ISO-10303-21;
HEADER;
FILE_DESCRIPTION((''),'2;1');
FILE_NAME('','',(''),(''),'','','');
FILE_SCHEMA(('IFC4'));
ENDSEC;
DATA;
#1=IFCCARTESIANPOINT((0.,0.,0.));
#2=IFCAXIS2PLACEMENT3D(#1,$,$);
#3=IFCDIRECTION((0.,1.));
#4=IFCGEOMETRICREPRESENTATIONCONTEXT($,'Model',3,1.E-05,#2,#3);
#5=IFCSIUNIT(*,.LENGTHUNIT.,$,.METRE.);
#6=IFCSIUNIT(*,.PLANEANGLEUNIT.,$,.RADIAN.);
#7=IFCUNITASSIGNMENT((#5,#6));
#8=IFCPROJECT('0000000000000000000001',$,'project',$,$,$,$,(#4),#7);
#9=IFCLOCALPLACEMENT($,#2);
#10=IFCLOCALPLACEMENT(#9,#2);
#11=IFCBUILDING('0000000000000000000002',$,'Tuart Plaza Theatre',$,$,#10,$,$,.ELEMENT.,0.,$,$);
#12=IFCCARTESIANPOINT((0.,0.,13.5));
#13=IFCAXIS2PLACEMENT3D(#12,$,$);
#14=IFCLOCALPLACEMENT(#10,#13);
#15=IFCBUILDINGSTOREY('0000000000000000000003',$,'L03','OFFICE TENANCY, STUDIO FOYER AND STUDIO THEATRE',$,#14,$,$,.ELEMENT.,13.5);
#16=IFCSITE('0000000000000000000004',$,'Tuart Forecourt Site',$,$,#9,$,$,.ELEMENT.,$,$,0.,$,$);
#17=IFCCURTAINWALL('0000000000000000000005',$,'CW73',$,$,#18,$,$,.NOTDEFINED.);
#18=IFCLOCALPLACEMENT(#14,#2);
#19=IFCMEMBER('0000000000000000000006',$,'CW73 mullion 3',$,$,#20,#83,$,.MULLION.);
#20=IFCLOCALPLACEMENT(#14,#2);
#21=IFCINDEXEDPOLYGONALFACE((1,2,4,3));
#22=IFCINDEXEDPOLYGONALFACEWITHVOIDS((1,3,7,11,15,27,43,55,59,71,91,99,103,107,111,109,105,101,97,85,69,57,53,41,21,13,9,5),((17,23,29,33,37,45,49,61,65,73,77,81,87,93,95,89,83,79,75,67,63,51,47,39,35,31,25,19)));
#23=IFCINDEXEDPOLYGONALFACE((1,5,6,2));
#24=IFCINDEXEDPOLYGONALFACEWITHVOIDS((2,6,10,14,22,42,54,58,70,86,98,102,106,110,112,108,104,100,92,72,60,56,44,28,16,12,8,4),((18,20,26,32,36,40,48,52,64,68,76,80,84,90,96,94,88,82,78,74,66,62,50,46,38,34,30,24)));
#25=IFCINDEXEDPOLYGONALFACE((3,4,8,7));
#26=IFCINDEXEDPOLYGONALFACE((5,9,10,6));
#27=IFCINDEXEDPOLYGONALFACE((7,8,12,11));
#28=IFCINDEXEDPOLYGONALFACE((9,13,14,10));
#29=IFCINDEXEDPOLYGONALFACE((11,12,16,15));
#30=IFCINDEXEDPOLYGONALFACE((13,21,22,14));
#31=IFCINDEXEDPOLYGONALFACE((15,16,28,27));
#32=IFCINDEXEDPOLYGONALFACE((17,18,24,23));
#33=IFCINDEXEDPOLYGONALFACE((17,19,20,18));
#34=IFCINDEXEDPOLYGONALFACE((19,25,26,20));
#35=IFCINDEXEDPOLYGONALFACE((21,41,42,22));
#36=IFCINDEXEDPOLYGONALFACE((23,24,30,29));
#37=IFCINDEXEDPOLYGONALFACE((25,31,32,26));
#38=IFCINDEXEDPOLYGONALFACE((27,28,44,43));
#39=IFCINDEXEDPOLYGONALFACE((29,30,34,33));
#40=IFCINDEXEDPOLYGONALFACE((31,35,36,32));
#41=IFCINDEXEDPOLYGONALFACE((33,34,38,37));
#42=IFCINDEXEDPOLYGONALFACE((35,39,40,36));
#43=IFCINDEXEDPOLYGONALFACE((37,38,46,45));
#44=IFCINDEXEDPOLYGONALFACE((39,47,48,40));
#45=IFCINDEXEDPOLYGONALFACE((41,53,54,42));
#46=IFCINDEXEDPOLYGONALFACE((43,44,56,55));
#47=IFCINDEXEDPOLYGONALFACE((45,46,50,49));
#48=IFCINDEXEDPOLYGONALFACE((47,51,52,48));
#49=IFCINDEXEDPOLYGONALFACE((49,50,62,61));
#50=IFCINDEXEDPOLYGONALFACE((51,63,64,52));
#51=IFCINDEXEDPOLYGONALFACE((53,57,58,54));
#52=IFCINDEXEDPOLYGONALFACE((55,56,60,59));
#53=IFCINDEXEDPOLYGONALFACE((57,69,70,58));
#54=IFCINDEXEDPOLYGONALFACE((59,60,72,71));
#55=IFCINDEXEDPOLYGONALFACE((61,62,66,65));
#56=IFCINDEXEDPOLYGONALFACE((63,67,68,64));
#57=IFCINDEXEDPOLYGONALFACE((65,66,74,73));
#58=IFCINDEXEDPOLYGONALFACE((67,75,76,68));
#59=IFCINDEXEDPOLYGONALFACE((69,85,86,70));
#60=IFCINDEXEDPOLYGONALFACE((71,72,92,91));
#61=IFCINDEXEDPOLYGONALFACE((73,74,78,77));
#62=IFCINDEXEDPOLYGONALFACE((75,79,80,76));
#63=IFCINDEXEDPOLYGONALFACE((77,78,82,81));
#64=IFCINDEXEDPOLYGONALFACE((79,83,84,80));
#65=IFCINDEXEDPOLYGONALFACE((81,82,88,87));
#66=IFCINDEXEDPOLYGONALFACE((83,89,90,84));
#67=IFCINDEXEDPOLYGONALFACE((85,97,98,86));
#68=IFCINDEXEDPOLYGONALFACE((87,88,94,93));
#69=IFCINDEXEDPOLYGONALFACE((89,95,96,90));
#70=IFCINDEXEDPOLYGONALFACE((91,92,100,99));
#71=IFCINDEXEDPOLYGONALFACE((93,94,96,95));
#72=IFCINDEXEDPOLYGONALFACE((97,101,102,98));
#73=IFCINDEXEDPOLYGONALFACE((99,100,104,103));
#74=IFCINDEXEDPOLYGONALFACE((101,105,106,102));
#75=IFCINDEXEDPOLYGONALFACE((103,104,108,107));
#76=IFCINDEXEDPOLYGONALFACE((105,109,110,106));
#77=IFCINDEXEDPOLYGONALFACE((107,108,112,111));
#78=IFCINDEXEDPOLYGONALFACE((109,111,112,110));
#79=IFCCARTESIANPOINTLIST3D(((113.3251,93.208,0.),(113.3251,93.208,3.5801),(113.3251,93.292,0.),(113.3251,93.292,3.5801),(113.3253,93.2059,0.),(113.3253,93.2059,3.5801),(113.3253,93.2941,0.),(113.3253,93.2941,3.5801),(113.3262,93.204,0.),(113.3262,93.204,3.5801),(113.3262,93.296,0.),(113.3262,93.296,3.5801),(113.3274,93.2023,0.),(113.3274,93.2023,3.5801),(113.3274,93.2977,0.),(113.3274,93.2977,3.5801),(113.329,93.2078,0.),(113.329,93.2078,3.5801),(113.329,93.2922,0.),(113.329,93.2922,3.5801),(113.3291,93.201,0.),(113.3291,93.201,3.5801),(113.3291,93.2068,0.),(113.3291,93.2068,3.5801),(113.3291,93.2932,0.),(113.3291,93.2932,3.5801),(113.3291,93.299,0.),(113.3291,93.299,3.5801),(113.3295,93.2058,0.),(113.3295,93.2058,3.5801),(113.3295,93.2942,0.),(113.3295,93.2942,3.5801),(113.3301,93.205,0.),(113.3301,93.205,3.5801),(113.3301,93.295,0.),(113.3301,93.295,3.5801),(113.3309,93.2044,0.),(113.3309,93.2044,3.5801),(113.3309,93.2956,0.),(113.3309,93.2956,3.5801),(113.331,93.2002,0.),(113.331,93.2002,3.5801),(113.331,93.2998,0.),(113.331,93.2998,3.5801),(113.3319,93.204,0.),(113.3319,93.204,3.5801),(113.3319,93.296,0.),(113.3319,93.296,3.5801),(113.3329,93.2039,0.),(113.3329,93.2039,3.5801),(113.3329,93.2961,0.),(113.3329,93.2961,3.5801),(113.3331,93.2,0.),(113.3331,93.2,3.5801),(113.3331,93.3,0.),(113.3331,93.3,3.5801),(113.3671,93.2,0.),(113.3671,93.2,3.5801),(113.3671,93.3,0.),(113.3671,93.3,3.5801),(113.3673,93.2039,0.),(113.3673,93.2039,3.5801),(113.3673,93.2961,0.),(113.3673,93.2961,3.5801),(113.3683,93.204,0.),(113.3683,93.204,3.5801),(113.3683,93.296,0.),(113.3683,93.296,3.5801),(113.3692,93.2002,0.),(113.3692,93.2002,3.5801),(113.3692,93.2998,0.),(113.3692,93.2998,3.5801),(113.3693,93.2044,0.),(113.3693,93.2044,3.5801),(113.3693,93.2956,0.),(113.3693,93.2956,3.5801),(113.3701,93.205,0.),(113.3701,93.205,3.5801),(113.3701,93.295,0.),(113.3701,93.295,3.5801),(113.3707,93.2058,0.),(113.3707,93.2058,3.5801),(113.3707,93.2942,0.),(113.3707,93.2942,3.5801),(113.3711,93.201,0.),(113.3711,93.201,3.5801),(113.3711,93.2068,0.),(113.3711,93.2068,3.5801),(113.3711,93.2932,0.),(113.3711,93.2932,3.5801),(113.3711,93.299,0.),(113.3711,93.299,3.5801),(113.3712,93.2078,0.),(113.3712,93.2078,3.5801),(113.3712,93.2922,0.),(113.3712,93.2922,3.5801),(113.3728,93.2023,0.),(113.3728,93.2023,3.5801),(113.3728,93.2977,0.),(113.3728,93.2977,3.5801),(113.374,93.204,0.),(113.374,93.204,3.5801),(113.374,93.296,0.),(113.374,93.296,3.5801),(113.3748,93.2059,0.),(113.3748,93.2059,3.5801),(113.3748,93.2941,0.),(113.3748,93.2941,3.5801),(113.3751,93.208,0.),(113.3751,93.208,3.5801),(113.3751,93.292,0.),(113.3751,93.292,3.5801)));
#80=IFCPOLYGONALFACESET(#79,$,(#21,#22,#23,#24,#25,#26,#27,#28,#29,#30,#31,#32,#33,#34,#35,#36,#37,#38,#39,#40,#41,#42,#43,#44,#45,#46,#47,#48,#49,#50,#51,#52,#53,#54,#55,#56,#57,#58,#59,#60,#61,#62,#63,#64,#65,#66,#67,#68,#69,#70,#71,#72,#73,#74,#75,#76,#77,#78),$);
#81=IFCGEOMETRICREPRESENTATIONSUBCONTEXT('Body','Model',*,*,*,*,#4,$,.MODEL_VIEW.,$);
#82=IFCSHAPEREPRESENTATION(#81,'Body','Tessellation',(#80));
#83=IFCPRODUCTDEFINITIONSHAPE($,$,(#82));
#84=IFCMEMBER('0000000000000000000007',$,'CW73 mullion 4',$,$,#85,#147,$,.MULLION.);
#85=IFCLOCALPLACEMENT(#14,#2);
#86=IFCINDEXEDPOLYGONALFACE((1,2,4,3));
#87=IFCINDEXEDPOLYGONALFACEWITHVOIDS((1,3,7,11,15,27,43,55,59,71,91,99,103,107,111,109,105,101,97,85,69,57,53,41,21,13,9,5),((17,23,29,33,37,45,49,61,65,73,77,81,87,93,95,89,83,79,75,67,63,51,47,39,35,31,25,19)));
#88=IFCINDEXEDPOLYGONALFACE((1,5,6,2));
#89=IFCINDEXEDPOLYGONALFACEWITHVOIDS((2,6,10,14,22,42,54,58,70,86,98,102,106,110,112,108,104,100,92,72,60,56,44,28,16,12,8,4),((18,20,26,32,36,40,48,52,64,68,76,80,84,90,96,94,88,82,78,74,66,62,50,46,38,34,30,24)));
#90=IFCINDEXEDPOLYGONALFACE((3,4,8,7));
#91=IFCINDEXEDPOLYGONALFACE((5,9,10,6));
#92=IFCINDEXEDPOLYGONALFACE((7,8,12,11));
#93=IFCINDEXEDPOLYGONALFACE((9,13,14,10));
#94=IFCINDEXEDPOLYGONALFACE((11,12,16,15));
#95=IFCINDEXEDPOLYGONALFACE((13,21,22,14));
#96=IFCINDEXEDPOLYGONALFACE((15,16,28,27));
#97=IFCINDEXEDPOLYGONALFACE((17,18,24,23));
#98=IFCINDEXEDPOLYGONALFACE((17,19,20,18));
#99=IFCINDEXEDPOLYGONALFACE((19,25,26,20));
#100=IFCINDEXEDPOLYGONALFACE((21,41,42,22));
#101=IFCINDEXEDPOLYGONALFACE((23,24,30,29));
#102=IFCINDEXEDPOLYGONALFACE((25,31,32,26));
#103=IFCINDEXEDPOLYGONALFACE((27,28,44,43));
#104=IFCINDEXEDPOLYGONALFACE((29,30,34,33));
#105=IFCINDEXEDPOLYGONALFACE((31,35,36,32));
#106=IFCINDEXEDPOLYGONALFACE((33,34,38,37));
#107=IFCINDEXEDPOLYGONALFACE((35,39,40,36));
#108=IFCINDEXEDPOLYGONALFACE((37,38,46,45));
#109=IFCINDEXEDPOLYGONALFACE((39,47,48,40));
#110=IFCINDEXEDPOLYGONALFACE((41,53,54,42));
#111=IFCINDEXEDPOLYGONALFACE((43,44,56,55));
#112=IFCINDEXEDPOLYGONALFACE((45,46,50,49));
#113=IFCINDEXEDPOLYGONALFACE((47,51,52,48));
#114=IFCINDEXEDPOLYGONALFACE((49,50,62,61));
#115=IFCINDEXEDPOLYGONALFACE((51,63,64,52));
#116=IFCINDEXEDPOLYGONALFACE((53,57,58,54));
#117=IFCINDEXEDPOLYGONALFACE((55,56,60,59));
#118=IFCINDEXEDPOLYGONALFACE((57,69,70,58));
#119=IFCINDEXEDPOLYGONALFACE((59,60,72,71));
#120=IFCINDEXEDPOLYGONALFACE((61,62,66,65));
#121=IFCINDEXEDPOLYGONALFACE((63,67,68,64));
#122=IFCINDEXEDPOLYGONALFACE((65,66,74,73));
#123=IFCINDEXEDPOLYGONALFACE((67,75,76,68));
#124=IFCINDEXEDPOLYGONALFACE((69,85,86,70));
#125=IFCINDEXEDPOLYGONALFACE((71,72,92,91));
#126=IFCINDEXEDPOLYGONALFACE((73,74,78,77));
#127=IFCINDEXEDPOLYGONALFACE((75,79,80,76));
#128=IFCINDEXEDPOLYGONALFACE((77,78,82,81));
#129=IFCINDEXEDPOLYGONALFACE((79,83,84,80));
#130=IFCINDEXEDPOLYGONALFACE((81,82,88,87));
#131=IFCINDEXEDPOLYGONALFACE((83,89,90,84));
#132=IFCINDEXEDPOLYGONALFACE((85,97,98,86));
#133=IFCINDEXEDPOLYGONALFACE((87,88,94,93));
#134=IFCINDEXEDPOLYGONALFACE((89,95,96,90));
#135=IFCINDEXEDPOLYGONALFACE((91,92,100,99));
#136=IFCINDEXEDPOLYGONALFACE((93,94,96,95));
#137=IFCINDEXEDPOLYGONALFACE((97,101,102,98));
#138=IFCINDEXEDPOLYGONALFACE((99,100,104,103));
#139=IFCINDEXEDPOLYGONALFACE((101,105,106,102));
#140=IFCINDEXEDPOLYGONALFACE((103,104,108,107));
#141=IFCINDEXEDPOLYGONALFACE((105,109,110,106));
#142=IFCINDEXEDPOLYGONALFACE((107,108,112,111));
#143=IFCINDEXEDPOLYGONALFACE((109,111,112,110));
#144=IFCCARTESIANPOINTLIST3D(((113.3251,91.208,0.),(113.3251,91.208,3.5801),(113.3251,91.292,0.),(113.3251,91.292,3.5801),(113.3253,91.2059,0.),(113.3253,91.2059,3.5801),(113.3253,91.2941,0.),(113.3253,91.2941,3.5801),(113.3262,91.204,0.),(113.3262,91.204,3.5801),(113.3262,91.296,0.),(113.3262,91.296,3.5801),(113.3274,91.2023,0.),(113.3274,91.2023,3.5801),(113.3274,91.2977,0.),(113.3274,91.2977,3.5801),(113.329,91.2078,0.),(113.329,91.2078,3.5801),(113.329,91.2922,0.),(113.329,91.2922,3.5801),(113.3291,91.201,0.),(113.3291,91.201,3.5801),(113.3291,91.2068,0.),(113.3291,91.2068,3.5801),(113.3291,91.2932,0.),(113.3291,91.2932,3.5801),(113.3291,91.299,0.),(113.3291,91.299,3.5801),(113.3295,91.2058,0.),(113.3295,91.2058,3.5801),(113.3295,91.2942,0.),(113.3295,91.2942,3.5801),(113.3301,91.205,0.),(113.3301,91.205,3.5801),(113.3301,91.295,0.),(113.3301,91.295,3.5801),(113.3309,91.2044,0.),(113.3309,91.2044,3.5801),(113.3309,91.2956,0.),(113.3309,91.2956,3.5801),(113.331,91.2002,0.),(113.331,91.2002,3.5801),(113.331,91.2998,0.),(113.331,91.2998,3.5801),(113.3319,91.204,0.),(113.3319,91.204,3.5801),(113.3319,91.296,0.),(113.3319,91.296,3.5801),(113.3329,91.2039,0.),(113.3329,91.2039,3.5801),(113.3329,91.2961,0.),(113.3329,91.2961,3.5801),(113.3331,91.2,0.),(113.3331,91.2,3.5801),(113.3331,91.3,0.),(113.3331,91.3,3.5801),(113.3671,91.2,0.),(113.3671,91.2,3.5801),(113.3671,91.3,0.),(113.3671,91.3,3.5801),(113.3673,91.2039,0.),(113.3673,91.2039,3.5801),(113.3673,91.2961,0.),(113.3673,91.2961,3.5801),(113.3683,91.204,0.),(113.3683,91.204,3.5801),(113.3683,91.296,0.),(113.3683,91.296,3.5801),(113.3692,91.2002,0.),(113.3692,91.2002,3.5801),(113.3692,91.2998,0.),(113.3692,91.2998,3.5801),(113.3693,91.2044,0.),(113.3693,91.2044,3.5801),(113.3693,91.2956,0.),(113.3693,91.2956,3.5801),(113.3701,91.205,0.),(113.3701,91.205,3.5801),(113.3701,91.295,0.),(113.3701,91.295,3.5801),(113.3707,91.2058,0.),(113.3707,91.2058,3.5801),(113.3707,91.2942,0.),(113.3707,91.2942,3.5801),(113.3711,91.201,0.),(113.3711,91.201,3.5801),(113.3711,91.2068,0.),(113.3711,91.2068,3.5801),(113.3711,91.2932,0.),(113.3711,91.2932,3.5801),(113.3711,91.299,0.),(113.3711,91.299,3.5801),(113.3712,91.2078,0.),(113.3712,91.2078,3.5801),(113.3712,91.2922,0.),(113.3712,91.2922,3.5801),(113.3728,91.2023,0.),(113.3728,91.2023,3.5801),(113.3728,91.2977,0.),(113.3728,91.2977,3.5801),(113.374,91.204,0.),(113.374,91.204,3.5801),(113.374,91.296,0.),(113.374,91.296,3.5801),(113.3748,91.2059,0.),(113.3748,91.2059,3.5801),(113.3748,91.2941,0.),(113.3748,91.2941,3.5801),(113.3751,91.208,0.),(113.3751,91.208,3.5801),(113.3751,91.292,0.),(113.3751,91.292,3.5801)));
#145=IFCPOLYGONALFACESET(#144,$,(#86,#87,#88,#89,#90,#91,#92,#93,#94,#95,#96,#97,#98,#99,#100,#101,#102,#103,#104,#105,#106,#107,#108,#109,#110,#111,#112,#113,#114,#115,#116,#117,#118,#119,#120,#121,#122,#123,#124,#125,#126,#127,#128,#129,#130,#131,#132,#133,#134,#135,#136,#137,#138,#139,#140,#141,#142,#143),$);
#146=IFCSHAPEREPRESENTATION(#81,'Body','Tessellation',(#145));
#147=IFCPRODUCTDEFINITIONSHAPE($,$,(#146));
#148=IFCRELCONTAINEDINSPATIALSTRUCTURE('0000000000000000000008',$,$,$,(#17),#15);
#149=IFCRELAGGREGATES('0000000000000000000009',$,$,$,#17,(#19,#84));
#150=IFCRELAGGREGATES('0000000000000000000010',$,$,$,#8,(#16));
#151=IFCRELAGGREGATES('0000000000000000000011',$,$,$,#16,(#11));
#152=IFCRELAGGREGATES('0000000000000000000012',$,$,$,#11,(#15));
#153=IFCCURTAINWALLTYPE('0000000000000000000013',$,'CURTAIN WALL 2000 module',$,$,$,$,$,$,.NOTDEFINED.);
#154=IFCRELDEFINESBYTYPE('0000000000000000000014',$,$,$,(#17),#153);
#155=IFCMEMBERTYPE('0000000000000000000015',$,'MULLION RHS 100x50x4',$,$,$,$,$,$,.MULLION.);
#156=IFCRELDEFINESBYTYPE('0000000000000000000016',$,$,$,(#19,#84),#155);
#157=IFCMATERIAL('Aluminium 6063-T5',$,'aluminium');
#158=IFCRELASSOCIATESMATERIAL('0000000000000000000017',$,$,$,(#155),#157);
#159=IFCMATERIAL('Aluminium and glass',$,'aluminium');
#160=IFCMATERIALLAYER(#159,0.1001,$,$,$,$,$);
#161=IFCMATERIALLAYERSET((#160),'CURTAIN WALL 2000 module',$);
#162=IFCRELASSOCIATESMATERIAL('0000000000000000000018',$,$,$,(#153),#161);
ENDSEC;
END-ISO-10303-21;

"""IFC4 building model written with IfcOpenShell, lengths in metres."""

from ifc_helpers import new_model, si_unit, direction, frame, origin, origin_2d, place, context, subcontext, project, spatial, hollow_rectangle, extrude, material, layer, layer_set, material_profile, profile_set, type_object, element, aggregate, save


model = new_model("IFC4")

# Units and contexts
model_context = context("Model", 3, precision=1e-05, world=origin(), true_north=direction((0.0, 1.0)))
body_context = subcontext(model_context, "Body", "Model", "MODEL_VIEW")
ifc_project = project(units=[si_unit("LENGTHUNIT", "METRE"), si_unit("PLANEANGLEUNIT", "RADIAN")], contexts=[model_context])

# Site, building, storey
site_placement = place(None, origin())
site = spatial("IfcSite", under=ifc_project, at=site_placement, Name="Tuart Forecourt Site", CompositionType="ELEMENT", RefElevation=0.0)
building_placement = place(site_placement, origin())
building = spatial("IfcBuilding", under=site, at=building_placement, Name="Tuart Plaza Theatre", CompositionType="ELEMENT", ElevationOfRefHeight=0.0)
storey_placement = place(building_placement, frame((0.0, 0.0, 13.5)))
storey = spatial("IfcBuildingStorey", under=building, at=storey_placement, Name="L03", Description="OFFICE TENANCY, STUDIO FOYER AND STUDIO THEATRE", CompositionType="ELEMENT", Elevation=13.5)

# Curtain wall, members
ifc_material_1 = material(Name="Aluminium 6063-T5", Category="aluminium")
ifc_material_profile_1 = material_profile(ifc_material_1, hollow_rectangle(XDim=0.05, YDim=0.1001, WallThickness=0.0039, InnerFilletRadius=0.0039, OuterFilletRadius=0.0081, at=origin_2d()), Name="RHS 100x50x4")
ifc_profile_set_1 = profile_set([ifc_material_profile_1], Name="Aluminium 6063-T5")
member_type_1 = type_object("IfcMemberType", Name="MULLION RHS 100x50x4", PredefinedType="MULLION", material=ifc_profile_set_1)
ifc_material_2 = material(Name="Aluminium and glass", Category="aluminium")
ifc_layer_1 = layer(ifc_material_2, 0.1001)
ifc_layer_set_1 = layer_set([ifc_layer_1], Name="CURTAIN WALL 2000 module")
curtain_wall_type_1 = type_object("IfcCurtainWallType", Name="CURTAIN WALL 2000 module", PredefinedType="NOTDEFINED", material=ifc_layer_set_1)
curtain_wall_1_placement = place(storey_placement, origin())
curtain_wall_1 = element("IfcCurtainWall", 1, at=curtain_wall_1_placement, inside=storey, type_object=curtain_wall_type_1, Name="CW73", PredefinedType="NOTDEFINED")
member_1_placement = place(storey_placement, frame((113.3501, 93.25, 0.0), z_axis=(0.0, 0.0, 1.0), x_axis=(1.0, 0.0, 0.0)))
member_1 = element("IfcMember", 2, at=member_1_placement, type_object=member_type_1, Name="CW73 mullion 3", PredefinedType="MULLION", context=body_context, shape_type="SweptSolid", body=[
    extrude(hollow_rectangle(XDim=0.05, YDim=0.1001, WallThickness=0.0039, InnerFilletRadius=0.0039, OuterFilletRadius=0.0081, at=origin_2d()), origin(), (0.0, 0.0, 1.0), 3.5801),
])
member_2_placement = place(storey_placement, frame((113.3501, 91.25, 0.0), z_axis=(0.0, 0.0, 1.0), x_axis=(1.0, 0.0, 0.0)))
member_2 = element("IfcMember", 3, at=member_2_placement, type_object=member_type_1, Name="CW73 mullion 4", PredefinedType="MULLION", context=body_context, shape_type="SweptSolid", body=[
    extrude(hollow_rectangle(XDim=0.05, YDim=0.1001, WallThickness=0.0039, InnerFilletRadius=0.0039, OuterFilletRadius=0.0081, at=origin_2d()), origin(), (0.0, 0.0, 1.0), 3.5801),
])
aggregate(curtain_wall_1, [member_1, member_2])

save(model, "model.ifc")
